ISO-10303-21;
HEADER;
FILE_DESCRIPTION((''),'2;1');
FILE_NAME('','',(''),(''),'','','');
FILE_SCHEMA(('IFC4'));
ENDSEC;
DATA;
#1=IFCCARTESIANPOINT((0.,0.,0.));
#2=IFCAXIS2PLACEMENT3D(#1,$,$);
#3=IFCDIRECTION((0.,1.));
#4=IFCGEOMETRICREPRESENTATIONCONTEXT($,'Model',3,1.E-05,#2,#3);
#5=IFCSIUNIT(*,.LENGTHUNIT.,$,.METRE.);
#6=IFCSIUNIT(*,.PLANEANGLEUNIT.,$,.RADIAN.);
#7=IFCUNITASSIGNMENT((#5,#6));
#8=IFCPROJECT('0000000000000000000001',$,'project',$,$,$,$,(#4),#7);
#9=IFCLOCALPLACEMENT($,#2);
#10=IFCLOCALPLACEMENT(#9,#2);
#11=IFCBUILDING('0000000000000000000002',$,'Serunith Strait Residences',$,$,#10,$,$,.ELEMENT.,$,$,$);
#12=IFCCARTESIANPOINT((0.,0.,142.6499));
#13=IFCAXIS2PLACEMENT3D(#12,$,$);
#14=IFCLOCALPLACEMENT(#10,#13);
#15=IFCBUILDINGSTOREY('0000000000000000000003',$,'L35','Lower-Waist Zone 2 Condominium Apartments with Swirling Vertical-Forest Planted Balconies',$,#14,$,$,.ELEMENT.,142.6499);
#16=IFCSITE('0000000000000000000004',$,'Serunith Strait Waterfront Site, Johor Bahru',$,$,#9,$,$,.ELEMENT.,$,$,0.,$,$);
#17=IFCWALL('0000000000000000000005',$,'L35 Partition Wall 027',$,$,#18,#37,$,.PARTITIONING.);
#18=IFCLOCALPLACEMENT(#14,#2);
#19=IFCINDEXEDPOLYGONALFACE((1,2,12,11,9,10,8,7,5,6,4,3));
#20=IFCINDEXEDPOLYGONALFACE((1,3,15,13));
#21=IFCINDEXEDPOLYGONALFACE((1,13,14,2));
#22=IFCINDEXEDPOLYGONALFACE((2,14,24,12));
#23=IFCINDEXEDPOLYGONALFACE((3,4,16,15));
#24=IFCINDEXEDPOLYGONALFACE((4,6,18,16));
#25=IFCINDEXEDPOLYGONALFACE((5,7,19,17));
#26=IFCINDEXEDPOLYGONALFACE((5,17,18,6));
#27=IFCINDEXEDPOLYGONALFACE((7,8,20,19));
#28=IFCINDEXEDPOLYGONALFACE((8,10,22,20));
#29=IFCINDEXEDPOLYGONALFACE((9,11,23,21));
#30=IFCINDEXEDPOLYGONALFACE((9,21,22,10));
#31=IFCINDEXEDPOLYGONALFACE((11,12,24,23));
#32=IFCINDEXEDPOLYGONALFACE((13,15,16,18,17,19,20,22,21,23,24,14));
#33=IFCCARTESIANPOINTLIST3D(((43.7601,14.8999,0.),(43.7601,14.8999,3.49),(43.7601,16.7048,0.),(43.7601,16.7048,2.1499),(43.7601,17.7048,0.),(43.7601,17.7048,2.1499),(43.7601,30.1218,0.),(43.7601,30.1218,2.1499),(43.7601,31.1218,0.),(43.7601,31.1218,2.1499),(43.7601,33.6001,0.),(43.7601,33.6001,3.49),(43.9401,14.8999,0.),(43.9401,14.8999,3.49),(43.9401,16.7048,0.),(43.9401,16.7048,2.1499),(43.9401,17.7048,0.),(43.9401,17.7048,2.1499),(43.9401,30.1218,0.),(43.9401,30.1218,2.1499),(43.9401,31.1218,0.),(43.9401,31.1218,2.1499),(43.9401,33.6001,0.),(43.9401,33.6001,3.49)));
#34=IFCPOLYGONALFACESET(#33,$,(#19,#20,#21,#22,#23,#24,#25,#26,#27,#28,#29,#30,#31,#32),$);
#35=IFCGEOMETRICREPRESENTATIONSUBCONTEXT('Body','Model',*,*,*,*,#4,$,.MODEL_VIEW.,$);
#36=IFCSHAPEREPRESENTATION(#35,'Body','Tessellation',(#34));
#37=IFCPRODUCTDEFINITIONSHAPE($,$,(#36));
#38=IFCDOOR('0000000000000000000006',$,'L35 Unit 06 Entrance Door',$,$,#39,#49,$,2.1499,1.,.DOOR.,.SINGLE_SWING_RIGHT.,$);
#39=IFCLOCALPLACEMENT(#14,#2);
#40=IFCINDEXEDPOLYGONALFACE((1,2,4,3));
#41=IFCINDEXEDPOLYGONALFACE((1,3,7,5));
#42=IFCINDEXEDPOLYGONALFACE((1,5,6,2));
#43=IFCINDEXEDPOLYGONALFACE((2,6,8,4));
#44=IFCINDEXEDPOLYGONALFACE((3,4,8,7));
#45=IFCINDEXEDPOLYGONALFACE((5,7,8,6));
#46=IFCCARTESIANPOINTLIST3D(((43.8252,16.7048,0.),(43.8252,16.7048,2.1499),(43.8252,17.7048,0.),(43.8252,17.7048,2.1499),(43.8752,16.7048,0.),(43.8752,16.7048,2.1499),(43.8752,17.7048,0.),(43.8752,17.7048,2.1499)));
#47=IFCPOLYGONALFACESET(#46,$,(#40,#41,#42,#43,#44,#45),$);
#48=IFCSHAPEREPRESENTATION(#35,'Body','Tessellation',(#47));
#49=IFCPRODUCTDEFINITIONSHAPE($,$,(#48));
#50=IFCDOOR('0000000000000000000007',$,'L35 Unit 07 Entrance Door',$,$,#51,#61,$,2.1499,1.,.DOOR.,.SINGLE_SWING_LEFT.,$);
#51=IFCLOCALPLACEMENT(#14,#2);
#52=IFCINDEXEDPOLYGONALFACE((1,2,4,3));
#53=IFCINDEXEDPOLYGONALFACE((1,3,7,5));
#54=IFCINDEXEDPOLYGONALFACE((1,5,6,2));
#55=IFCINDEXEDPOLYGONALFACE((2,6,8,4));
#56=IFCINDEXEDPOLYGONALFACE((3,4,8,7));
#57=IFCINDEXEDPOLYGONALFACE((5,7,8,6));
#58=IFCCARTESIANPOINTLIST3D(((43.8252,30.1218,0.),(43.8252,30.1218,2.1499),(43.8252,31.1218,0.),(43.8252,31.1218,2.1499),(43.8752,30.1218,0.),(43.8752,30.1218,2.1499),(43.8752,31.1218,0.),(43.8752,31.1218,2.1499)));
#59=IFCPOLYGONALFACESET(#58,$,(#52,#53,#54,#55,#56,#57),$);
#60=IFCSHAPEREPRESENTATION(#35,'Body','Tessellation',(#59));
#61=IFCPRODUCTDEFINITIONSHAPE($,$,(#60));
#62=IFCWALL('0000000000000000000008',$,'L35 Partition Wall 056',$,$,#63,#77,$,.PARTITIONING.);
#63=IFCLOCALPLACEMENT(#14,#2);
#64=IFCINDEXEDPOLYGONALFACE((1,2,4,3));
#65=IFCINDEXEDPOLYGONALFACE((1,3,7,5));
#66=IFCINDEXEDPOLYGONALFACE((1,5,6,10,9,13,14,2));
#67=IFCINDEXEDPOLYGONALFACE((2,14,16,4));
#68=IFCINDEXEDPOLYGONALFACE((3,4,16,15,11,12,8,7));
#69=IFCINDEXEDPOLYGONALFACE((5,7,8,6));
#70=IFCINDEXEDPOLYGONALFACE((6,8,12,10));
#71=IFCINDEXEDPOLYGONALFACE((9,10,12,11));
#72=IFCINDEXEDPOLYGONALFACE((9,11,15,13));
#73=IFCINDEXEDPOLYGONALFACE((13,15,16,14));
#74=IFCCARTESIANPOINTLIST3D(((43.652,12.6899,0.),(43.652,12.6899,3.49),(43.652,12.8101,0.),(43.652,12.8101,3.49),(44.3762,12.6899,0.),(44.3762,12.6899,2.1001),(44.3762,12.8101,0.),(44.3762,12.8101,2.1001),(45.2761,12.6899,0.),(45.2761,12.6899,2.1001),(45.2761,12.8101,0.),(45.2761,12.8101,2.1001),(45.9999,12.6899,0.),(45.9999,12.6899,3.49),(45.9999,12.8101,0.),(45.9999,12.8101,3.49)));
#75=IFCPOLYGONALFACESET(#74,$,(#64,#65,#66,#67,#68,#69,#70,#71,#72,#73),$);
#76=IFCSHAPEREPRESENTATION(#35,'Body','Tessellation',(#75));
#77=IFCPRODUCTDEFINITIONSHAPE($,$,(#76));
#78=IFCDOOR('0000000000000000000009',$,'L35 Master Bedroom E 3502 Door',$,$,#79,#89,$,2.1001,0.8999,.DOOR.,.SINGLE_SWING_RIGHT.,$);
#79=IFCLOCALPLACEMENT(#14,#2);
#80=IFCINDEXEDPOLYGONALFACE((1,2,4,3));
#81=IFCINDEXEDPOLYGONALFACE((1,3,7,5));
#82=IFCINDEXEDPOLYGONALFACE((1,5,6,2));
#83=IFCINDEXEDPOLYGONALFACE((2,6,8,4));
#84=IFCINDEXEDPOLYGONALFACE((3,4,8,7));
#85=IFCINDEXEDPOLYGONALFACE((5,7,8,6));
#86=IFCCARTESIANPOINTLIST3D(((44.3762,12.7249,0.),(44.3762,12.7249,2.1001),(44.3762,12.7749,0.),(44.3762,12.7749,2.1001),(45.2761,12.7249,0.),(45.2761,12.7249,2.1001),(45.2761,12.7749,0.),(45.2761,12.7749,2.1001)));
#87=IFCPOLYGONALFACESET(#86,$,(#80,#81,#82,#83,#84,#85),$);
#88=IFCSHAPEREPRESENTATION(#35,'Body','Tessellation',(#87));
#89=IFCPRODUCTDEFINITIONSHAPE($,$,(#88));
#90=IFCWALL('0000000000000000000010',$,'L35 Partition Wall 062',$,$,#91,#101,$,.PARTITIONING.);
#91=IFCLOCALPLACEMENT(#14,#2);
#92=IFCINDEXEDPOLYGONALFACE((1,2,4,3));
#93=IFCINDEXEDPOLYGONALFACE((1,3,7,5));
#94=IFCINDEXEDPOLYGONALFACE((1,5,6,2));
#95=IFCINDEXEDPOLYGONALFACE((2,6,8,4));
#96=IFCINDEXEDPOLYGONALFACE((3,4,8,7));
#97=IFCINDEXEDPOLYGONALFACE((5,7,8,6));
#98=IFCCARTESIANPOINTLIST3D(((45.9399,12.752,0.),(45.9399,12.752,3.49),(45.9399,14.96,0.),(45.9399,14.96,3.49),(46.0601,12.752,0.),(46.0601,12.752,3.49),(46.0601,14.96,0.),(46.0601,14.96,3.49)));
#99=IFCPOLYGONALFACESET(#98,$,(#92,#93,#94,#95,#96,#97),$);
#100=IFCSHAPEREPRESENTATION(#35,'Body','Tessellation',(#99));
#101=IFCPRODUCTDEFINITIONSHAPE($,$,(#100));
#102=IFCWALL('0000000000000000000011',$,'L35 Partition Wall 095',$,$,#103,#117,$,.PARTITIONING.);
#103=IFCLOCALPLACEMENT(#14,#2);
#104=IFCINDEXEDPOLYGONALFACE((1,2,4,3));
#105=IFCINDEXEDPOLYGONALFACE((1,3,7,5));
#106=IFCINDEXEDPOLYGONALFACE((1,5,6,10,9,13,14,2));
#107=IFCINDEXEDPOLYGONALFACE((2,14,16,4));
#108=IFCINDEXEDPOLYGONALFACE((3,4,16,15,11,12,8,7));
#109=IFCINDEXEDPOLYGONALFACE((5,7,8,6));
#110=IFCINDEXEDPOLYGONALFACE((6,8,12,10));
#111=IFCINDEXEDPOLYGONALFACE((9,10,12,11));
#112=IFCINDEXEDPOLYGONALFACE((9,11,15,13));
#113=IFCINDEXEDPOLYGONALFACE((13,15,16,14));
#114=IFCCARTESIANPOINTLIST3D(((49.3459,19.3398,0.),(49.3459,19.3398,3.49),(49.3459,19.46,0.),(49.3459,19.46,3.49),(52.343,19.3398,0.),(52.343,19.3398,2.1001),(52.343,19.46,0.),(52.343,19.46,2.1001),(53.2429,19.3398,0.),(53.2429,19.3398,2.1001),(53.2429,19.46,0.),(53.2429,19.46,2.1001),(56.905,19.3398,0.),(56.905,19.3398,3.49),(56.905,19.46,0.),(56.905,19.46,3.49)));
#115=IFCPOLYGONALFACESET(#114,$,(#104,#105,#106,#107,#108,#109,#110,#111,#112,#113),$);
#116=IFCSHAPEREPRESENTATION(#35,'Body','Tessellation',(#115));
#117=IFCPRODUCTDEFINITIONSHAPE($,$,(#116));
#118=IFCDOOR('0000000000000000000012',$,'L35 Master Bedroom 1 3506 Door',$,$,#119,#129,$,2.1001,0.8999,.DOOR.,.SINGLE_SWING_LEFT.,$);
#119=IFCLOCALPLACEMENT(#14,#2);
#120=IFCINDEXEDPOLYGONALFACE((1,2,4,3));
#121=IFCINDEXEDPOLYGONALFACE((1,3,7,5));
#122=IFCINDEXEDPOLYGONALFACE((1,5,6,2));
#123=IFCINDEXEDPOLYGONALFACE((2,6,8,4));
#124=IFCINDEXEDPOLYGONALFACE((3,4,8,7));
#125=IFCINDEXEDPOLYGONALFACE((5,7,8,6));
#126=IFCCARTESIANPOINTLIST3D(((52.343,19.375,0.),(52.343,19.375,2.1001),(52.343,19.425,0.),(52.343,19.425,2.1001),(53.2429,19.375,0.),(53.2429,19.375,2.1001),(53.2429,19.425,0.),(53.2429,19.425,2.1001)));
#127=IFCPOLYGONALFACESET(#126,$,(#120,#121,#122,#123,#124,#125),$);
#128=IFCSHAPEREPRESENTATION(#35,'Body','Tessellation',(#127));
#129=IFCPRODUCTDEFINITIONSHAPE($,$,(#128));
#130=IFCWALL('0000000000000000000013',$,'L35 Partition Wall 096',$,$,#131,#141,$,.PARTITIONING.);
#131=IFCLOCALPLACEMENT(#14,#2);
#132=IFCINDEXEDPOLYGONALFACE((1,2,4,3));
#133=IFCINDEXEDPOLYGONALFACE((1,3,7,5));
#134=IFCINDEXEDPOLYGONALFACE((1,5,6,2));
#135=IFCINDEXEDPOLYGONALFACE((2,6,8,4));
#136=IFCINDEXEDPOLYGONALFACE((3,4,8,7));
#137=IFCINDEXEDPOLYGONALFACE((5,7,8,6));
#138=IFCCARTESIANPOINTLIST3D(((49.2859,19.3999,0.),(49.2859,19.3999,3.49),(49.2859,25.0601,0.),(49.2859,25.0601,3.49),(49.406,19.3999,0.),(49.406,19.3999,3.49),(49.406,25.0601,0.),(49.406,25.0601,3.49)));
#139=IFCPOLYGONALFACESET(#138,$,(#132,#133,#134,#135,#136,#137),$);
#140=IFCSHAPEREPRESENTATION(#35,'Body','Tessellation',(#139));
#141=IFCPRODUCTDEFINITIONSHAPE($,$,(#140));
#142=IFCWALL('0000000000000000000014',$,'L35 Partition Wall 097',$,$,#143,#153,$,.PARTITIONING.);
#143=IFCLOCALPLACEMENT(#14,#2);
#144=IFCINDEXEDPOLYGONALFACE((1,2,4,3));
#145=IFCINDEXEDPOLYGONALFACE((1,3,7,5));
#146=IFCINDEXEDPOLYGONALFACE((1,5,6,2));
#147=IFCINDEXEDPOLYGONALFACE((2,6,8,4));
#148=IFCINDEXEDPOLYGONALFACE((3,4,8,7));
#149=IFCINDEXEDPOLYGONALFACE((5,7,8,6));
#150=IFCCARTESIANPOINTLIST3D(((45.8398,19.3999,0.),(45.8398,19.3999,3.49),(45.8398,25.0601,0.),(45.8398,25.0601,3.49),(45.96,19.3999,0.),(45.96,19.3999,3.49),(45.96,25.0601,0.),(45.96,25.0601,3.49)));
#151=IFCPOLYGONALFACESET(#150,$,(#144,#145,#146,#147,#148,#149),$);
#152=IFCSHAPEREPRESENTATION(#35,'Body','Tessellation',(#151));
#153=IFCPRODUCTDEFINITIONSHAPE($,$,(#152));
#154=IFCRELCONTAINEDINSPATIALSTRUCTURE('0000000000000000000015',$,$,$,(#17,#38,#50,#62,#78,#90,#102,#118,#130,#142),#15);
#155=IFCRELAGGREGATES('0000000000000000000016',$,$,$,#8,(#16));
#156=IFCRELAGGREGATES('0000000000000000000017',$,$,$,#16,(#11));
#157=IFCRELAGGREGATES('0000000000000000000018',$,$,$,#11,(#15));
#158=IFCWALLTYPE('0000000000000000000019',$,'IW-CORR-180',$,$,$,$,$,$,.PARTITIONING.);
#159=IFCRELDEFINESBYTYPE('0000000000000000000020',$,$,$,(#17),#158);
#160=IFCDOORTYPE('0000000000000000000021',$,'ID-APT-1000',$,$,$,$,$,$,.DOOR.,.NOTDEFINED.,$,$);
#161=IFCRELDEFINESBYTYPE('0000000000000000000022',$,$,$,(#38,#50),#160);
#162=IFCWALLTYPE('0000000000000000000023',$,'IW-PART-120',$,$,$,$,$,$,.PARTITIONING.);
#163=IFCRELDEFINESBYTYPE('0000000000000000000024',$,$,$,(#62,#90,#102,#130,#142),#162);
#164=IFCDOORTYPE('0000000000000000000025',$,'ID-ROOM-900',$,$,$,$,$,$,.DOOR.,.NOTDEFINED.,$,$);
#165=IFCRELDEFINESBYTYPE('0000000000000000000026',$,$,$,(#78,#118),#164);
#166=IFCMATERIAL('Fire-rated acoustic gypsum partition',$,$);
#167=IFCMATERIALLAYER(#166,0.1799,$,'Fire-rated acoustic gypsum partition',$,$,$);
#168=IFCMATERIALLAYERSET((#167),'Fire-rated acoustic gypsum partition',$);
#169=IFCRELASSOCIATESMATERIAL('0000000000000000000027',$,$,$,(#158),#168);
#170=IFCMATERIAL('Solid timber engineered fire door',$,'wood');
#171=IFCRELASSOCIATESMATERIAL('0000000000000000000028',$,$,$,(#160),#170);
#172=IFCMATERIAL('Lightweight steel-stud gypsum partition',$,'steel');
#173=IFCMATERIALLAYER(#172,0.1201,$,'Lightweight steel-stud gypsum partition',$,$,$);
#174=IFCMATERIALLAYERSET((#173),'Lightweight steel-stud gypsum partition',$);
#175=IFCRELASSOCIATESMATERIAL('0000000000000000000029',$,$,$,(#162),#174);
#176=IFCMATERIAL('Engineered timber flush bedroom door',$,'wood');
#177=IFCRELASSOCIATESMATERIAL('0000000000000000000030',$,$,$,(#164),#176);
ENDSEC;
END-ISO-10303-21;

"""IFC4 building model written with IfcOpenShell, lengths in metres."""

from ifc_helpers import new_model, si_unit, direction, frame, frame_2d, origin, place, context, subcontext, project, spatial, rectangle, extrude, source, transform, mapped, material, layer, layer_set, type_object, element, fill, save


model = new_model("IFC4")

# Units and contexts
model_context = context("Model", 3, precision=1e-05, world=origin(), true_north=direction((0.0, 1.0)))
body_context = subcontext(model_context, "Body", "Model", "MODEL_VIEW")
ifc_project = project(units=[si_unit("LENGTHUNIT", "METRE"), si_unit("PLANEANGLEUNIT", "RADIAN")], contexts=[model_context])

# Site, building, storey
site_placement = place(None, origin())
site = spatial("IfcSite", under=ifc_project, at=site_placement, Name="Serunith Strait Waterfront Site, Johor Bahru", CompositionType="ELEMENT", RefElevation=0.0)
building_placement = place(site_placement, origin())
building = spatial("IfcBuilding", under=site, at=building_placement, Name="Serunith Strait Residences", CompositionType="ELEMENT")
storey_placement = place(building_placement, frame((0.0, 0.0, 142.6499)))
storey = spatial("IfcBuildingStorey", under=building, at=storey_placement, Name="L35", Description="Lower-Waist Zone 2 Condominium Apartments with Swirling Vertical-Forest Planted Balconies", CompositionType="ELEMENT", Elevation=142.6499)

# Wall, openings, doors
ifc_material_1 = material(Name="Fire-rated acoustic gypsum partition")
ifc_layer_1 = layer(ifc_material_1, 0.1799, Name="Fire-rated acoustic gypsum partition")
ifc_layer_set_1 = layer_set([ifc_layer_1], Name="Fire-rated acoustic gypsum partition")
wall_type_1 = type_object("IfcWallType", Name="IW-CORR-180", PredefinedType="PARTITIONING", material=ifc_layer_set_1)
wall_1_placement = place(storey_placement, frame((43.8501, 14.8999, 0.0), z_axis=(0.0, 0.0, 1.0), x_axis=(0.0, 1.0, 0.0)))
wall_1 = element("IfcWall", 1, at=wall_1_placement, inside=storey, type_object=wall_type_1, Name="L35 Partition Wall 027", PredefinedType="PARTITIONING", context=body_context, shape_type="SweptSolid", body=[
    extrude(rectangle(XDim=18.7002, YDim=0.1799, at=frame_2d((9.3501, 0.0))), origin(), (0.0, 0.0, 1.0), 3.49),
])
opening_1_placement = place(wall_1_placement, frame((1.8049, 0.0, 0.0)))
opening_1 = element("IfcOpeningElement", 2, at=opening_1_placement, cuts=wall_1, PredefinedType="OPENING", context=body_context, shape_type="SweptSolid", body=[
    extrude(rectangle(XDim=1.0, YDim=2.1499, at=frame_2d((0.5, 1.075))), frame((0.0, 0.1001, 0.0), z_axis=(0.0, -1.0, 0.0), x_axis=(1.0, 0.0, 0.0)), (0.0, 0.0, 1.0), 0.2),
])
opening_2_placement = place(wall_1_placement, frame((15.2219, 0.0, 0.0)))
opening_2 = element("IfcOpeningElement", 3, at=opening_2_placement, cuts=wall_1, PredefinedType="OPENING", context=body_context, shape_type="SweptSolid", body=[
    extrude(rectangle(XDim=1.0, YDim=2.1499, at=frame_2d((0.5, 1.075))), frame((0.0, 0.1001, 0.0), z_axis=(0.0, -1.0, 0.0), x_axis=(1.0, 0.0, 0.0)), (0.0, 0.0, 1.0), 0.2),
])
ifc_material_2 = material(Name="Solid timber engineered fire door", Category="wood")
door_type_1 = type_object("IfcDoorType", Name="ID-APT-1000", OperationType="NOTDEFINED", PredefinedType="DOOR", material=ifc_material_2)
shared_shape_1 = source(origin(), body_context, "Body", "SweptSolid", [
    extrude(rectangle(XDim=1.0, YDim=2.1499, at=frame_2d((0.5, 1.075))), frame((0.0, 0.0249, 0.0), z_axis=(0.0, -1.0, 0.0), x_axis=(1.0, 0.0, 0.0)), (0.0, 0.0, 1.0), 0.05),
])
door_1_placement = place(opening_1_placement, origin())
door_1 = element("IfcDoor", 4, at=door_1_placement, inside=storey, type_object=door_type_1, Name="L35 Unit 06 Entrance Door", OperationType="SINGLE_SWING_RIGHT", OverallHeight=2.1499, OverallWidth=1.0, PredefinedType="DOOR", context=body_context, shape_type="MappedRepresentation", body=[
    mapped(shared_shape_1, transform((0.0, 0.0, 0.0), scale=1.0)),
])
fill(opening_1, door_1)
door_2_placement = place(opening_2_placement, origin())
door_2 = element("IfcDoor", 5, at=door_2_placement, inside=storey, type_object=door_type_1, Name="L35 Unit 07 Entrance Door", OperationType="SINGLE_SWING_LEFT", OverallHeight=2.1499, OverallWidth=1.0, PredefinedType="DOOR", context=body_context, shape_type="MappedRepresentation", body=[
    mapped(shared_shape_1, transform((0.0, 0.0, 0.0), scale=1.0)),
])
fill(opening_2, door_2)

# Wall, opening, door
ifc_material_3 = material(Name="Lightweight steel-stud gypsum partition", Category="steel")
ifc_layer_2 = layer(ifc_material_3, 0.1201, Name="Lightweight steel-stud gypsum partition")
ifc_layer_set_2 = layer_set([ifc_layer_2], Name="Lightweight steel-stud gypsum partition")
wall_type_2 = type_object("IfcWallType", Name="IW-PART-120", PredefinedType="PARTITIONING", material=ifc_layer_set_2)
wall_2_placement = place(storey_placement, frame((43.6521, 12.75, 0.0), z_axis=(0.0, 0.0, 1.0), x_axis=(1.0, 0.0, 0.0)))
wall_2 = element("IfcWall", 6, at=wall_2_placement, inside=storey, type_object=wall_type_2, Name="L35 Partition Wall 056", PredefinedType="PARTITIONING", context=body_context, shape_type="SweptSolid", body=[
    extrude(rectangle(XDim=2.3479, YDim=0.1201, at=frame_2d((1.1738, 0.0))), origin(), (0.0, 0.0, 1.0), 3.49),
])
opening_3_placement = place(wall_2_placement, frame((0.7241, 0.0, 0.0)))
opening_3 = element("IfcOpeningElement", 7, at=opening_3_placement, cuts=wall_2, PredefinedType="OPENING", context=body_context, shape_type="SweptSolid", body=[
    extrude(rectangle(XDim=0.8999, YDim=2.1001, at=frame_2d((0.45, 1.05))), frame((0.0, 0.0701, 0.0), z_axis=(0.0, -1.0, 0.0), x_axis=(1.0, 0.0, 0.0)), (0.0, 0.0, 1.0), 0.1401),
])
ifc_material_4 = material(Name="Engineered timber flush bedroom door", Category="wood")
door_type_2 = type_object("IfcDoorType", Name="ID-ROOM-900", OperationType="NOTDEFINED", PredefinedType="DOOR", material=ifc_material_4)
shared_shape_2 = source(origin(), body_context, "Body", "SweptSolid", [
    extrude(rectangle(XDim=0.8999, YDim=2.1001, at=frame_2d((0.45, 1.05))), frame((0.0, 0.0249, 0.0), z_axis=(0.0, -1.0, 0.0), x_axis=(1.0, 0.0, 0.0)), (0.0, 0.0, 1.0), 0.05),
])
door_3_placement = place(opening_3_placement, origin())
door_3 = element("IfcDoor", 8, at=door_3_placement, inside=storey, type_object=door_type_2, Name="L35 Master Bedroom E 3502 Door", OperationType="SINGLE_SWING_RIGHT", OverallHeight=2.1001, OverallWidth=0.8999, PredefinedType="DOOR", context=body_context, shape_type="MappedRepresentation", body=[
    mapped(shared_shape_2, transform((0.0, 0.0, 0.0), scale=1.0)),
])
fill(opening_3, door_3)

# Wall
wall_3_placement = place(storey_placement, frame((46.0, 12.752, 0.0), z_axis=(0.0, 0.0, 1.0), x_axis=(0.0, 1.0, 0.0)))
element("IfcWall", 9, at=wall_3_placement, inside=storey, type_object=wall_type_2, Name="L35 Partition Wall 062", PredefinedType="PARTITIONING", context=body_context, shape_type="SweptSolid", body=[
    extrude(rectangle(XDim=2.208, YDim=0.1201, at=frame_2d((1.104, 0.0))), origin(), (0.0, 0.0, 1.0), 3.49),
])

# Wall, opening, door
wall_4_placement = place(storey_placement, frame((56.905, 19.3999, 0.0), z_axis=(0.0, 0.0, 1.0), x_axis=(-1.0, 0.0, 0.0)))
wall_4 = element("IfcWall", 10, at=wall_4_placement, inside=storey, type_object=wall_type_2, Name="L35 Partition Wall 095", PredefinedType="PARTITIONING", context=body_context, shape_type="SweptSolid", body=[
    extrude(rectangle(XDim=7.5591, YDim=0.1201, at=frame_2d((3.7795, 0.0))), origin(), (0.0, 0.0, 1.0), 3.49),
])
opening_4_placement = place(wall_4_placement, frame((3.6621, 0.0, 0.0)))
opening_4 = element("IfcOpeningElement", 11, at=opening_4_placement, cuts=wall_4, PredefinedType="OPENING", context=body_context, shape_type="SweptSolid", body=[
    extrude(rectangle(XDim=0.8999, YDim=2.1001, at=frame_2d((0.45, 1.05))), frame((0.0, 0.0701, 0.0), z_axis=(0.0, -1.0, 0.0), x_axis=(1.0, 0.0, 0.0)), (0.0, 0.0, 1.0), 0.1401),
])
door_4_placement = place(opening_4_placement, origin())
door_4 = element("IfcDoor", 12, at=door_4_placement, inside=storey, type_object=door_type_2, Name="L35 Master Bedroom 1 3506 Door", OperationType="SINGLE_SWING_LEFT", OverallHeight=2.1001, OverallWidth=0.8999, PredefinedType="DOOR", context=body_context, shape_type="MappedRepresentation", body=[
    mapped(shared_shape_2, transform((0.0, 0.0, 0.0), scale=1.0)),
])
fill(opening_4, door_4)

# Walls
for number, where, z_axis, x_axis, name in (
    (13, (49.3459, 19.3999, 0.0), (0.0, 0.0, 1.0), (0.0, 1.0, 0.0), "L35 Partition Wall 096"),
    (14, (45.8999, 19.3999, 0.0), (0.0, 0.0, 1.0), (0.0, 1.0, 0.0), "L35 Partition Wall 097"),
):
    element("IfcWall", number, at=place(storey_placement, frame(where, z_axis=z_axis, x_axis=x_axis)), inside=storey, type_object=wall_type_2, Name=name, PredefinedType="PARTITIONING", context=body_context, shape_type="SweptSolid", body=[
        extrude(rectangle(XDim=5.6602, YDim=0.1201, at=frame_2d((2.8301, 0.0))), origin(), (0.0, 0.0, 1.0), 3.49),
    ])

save(model, "model.ifc")
